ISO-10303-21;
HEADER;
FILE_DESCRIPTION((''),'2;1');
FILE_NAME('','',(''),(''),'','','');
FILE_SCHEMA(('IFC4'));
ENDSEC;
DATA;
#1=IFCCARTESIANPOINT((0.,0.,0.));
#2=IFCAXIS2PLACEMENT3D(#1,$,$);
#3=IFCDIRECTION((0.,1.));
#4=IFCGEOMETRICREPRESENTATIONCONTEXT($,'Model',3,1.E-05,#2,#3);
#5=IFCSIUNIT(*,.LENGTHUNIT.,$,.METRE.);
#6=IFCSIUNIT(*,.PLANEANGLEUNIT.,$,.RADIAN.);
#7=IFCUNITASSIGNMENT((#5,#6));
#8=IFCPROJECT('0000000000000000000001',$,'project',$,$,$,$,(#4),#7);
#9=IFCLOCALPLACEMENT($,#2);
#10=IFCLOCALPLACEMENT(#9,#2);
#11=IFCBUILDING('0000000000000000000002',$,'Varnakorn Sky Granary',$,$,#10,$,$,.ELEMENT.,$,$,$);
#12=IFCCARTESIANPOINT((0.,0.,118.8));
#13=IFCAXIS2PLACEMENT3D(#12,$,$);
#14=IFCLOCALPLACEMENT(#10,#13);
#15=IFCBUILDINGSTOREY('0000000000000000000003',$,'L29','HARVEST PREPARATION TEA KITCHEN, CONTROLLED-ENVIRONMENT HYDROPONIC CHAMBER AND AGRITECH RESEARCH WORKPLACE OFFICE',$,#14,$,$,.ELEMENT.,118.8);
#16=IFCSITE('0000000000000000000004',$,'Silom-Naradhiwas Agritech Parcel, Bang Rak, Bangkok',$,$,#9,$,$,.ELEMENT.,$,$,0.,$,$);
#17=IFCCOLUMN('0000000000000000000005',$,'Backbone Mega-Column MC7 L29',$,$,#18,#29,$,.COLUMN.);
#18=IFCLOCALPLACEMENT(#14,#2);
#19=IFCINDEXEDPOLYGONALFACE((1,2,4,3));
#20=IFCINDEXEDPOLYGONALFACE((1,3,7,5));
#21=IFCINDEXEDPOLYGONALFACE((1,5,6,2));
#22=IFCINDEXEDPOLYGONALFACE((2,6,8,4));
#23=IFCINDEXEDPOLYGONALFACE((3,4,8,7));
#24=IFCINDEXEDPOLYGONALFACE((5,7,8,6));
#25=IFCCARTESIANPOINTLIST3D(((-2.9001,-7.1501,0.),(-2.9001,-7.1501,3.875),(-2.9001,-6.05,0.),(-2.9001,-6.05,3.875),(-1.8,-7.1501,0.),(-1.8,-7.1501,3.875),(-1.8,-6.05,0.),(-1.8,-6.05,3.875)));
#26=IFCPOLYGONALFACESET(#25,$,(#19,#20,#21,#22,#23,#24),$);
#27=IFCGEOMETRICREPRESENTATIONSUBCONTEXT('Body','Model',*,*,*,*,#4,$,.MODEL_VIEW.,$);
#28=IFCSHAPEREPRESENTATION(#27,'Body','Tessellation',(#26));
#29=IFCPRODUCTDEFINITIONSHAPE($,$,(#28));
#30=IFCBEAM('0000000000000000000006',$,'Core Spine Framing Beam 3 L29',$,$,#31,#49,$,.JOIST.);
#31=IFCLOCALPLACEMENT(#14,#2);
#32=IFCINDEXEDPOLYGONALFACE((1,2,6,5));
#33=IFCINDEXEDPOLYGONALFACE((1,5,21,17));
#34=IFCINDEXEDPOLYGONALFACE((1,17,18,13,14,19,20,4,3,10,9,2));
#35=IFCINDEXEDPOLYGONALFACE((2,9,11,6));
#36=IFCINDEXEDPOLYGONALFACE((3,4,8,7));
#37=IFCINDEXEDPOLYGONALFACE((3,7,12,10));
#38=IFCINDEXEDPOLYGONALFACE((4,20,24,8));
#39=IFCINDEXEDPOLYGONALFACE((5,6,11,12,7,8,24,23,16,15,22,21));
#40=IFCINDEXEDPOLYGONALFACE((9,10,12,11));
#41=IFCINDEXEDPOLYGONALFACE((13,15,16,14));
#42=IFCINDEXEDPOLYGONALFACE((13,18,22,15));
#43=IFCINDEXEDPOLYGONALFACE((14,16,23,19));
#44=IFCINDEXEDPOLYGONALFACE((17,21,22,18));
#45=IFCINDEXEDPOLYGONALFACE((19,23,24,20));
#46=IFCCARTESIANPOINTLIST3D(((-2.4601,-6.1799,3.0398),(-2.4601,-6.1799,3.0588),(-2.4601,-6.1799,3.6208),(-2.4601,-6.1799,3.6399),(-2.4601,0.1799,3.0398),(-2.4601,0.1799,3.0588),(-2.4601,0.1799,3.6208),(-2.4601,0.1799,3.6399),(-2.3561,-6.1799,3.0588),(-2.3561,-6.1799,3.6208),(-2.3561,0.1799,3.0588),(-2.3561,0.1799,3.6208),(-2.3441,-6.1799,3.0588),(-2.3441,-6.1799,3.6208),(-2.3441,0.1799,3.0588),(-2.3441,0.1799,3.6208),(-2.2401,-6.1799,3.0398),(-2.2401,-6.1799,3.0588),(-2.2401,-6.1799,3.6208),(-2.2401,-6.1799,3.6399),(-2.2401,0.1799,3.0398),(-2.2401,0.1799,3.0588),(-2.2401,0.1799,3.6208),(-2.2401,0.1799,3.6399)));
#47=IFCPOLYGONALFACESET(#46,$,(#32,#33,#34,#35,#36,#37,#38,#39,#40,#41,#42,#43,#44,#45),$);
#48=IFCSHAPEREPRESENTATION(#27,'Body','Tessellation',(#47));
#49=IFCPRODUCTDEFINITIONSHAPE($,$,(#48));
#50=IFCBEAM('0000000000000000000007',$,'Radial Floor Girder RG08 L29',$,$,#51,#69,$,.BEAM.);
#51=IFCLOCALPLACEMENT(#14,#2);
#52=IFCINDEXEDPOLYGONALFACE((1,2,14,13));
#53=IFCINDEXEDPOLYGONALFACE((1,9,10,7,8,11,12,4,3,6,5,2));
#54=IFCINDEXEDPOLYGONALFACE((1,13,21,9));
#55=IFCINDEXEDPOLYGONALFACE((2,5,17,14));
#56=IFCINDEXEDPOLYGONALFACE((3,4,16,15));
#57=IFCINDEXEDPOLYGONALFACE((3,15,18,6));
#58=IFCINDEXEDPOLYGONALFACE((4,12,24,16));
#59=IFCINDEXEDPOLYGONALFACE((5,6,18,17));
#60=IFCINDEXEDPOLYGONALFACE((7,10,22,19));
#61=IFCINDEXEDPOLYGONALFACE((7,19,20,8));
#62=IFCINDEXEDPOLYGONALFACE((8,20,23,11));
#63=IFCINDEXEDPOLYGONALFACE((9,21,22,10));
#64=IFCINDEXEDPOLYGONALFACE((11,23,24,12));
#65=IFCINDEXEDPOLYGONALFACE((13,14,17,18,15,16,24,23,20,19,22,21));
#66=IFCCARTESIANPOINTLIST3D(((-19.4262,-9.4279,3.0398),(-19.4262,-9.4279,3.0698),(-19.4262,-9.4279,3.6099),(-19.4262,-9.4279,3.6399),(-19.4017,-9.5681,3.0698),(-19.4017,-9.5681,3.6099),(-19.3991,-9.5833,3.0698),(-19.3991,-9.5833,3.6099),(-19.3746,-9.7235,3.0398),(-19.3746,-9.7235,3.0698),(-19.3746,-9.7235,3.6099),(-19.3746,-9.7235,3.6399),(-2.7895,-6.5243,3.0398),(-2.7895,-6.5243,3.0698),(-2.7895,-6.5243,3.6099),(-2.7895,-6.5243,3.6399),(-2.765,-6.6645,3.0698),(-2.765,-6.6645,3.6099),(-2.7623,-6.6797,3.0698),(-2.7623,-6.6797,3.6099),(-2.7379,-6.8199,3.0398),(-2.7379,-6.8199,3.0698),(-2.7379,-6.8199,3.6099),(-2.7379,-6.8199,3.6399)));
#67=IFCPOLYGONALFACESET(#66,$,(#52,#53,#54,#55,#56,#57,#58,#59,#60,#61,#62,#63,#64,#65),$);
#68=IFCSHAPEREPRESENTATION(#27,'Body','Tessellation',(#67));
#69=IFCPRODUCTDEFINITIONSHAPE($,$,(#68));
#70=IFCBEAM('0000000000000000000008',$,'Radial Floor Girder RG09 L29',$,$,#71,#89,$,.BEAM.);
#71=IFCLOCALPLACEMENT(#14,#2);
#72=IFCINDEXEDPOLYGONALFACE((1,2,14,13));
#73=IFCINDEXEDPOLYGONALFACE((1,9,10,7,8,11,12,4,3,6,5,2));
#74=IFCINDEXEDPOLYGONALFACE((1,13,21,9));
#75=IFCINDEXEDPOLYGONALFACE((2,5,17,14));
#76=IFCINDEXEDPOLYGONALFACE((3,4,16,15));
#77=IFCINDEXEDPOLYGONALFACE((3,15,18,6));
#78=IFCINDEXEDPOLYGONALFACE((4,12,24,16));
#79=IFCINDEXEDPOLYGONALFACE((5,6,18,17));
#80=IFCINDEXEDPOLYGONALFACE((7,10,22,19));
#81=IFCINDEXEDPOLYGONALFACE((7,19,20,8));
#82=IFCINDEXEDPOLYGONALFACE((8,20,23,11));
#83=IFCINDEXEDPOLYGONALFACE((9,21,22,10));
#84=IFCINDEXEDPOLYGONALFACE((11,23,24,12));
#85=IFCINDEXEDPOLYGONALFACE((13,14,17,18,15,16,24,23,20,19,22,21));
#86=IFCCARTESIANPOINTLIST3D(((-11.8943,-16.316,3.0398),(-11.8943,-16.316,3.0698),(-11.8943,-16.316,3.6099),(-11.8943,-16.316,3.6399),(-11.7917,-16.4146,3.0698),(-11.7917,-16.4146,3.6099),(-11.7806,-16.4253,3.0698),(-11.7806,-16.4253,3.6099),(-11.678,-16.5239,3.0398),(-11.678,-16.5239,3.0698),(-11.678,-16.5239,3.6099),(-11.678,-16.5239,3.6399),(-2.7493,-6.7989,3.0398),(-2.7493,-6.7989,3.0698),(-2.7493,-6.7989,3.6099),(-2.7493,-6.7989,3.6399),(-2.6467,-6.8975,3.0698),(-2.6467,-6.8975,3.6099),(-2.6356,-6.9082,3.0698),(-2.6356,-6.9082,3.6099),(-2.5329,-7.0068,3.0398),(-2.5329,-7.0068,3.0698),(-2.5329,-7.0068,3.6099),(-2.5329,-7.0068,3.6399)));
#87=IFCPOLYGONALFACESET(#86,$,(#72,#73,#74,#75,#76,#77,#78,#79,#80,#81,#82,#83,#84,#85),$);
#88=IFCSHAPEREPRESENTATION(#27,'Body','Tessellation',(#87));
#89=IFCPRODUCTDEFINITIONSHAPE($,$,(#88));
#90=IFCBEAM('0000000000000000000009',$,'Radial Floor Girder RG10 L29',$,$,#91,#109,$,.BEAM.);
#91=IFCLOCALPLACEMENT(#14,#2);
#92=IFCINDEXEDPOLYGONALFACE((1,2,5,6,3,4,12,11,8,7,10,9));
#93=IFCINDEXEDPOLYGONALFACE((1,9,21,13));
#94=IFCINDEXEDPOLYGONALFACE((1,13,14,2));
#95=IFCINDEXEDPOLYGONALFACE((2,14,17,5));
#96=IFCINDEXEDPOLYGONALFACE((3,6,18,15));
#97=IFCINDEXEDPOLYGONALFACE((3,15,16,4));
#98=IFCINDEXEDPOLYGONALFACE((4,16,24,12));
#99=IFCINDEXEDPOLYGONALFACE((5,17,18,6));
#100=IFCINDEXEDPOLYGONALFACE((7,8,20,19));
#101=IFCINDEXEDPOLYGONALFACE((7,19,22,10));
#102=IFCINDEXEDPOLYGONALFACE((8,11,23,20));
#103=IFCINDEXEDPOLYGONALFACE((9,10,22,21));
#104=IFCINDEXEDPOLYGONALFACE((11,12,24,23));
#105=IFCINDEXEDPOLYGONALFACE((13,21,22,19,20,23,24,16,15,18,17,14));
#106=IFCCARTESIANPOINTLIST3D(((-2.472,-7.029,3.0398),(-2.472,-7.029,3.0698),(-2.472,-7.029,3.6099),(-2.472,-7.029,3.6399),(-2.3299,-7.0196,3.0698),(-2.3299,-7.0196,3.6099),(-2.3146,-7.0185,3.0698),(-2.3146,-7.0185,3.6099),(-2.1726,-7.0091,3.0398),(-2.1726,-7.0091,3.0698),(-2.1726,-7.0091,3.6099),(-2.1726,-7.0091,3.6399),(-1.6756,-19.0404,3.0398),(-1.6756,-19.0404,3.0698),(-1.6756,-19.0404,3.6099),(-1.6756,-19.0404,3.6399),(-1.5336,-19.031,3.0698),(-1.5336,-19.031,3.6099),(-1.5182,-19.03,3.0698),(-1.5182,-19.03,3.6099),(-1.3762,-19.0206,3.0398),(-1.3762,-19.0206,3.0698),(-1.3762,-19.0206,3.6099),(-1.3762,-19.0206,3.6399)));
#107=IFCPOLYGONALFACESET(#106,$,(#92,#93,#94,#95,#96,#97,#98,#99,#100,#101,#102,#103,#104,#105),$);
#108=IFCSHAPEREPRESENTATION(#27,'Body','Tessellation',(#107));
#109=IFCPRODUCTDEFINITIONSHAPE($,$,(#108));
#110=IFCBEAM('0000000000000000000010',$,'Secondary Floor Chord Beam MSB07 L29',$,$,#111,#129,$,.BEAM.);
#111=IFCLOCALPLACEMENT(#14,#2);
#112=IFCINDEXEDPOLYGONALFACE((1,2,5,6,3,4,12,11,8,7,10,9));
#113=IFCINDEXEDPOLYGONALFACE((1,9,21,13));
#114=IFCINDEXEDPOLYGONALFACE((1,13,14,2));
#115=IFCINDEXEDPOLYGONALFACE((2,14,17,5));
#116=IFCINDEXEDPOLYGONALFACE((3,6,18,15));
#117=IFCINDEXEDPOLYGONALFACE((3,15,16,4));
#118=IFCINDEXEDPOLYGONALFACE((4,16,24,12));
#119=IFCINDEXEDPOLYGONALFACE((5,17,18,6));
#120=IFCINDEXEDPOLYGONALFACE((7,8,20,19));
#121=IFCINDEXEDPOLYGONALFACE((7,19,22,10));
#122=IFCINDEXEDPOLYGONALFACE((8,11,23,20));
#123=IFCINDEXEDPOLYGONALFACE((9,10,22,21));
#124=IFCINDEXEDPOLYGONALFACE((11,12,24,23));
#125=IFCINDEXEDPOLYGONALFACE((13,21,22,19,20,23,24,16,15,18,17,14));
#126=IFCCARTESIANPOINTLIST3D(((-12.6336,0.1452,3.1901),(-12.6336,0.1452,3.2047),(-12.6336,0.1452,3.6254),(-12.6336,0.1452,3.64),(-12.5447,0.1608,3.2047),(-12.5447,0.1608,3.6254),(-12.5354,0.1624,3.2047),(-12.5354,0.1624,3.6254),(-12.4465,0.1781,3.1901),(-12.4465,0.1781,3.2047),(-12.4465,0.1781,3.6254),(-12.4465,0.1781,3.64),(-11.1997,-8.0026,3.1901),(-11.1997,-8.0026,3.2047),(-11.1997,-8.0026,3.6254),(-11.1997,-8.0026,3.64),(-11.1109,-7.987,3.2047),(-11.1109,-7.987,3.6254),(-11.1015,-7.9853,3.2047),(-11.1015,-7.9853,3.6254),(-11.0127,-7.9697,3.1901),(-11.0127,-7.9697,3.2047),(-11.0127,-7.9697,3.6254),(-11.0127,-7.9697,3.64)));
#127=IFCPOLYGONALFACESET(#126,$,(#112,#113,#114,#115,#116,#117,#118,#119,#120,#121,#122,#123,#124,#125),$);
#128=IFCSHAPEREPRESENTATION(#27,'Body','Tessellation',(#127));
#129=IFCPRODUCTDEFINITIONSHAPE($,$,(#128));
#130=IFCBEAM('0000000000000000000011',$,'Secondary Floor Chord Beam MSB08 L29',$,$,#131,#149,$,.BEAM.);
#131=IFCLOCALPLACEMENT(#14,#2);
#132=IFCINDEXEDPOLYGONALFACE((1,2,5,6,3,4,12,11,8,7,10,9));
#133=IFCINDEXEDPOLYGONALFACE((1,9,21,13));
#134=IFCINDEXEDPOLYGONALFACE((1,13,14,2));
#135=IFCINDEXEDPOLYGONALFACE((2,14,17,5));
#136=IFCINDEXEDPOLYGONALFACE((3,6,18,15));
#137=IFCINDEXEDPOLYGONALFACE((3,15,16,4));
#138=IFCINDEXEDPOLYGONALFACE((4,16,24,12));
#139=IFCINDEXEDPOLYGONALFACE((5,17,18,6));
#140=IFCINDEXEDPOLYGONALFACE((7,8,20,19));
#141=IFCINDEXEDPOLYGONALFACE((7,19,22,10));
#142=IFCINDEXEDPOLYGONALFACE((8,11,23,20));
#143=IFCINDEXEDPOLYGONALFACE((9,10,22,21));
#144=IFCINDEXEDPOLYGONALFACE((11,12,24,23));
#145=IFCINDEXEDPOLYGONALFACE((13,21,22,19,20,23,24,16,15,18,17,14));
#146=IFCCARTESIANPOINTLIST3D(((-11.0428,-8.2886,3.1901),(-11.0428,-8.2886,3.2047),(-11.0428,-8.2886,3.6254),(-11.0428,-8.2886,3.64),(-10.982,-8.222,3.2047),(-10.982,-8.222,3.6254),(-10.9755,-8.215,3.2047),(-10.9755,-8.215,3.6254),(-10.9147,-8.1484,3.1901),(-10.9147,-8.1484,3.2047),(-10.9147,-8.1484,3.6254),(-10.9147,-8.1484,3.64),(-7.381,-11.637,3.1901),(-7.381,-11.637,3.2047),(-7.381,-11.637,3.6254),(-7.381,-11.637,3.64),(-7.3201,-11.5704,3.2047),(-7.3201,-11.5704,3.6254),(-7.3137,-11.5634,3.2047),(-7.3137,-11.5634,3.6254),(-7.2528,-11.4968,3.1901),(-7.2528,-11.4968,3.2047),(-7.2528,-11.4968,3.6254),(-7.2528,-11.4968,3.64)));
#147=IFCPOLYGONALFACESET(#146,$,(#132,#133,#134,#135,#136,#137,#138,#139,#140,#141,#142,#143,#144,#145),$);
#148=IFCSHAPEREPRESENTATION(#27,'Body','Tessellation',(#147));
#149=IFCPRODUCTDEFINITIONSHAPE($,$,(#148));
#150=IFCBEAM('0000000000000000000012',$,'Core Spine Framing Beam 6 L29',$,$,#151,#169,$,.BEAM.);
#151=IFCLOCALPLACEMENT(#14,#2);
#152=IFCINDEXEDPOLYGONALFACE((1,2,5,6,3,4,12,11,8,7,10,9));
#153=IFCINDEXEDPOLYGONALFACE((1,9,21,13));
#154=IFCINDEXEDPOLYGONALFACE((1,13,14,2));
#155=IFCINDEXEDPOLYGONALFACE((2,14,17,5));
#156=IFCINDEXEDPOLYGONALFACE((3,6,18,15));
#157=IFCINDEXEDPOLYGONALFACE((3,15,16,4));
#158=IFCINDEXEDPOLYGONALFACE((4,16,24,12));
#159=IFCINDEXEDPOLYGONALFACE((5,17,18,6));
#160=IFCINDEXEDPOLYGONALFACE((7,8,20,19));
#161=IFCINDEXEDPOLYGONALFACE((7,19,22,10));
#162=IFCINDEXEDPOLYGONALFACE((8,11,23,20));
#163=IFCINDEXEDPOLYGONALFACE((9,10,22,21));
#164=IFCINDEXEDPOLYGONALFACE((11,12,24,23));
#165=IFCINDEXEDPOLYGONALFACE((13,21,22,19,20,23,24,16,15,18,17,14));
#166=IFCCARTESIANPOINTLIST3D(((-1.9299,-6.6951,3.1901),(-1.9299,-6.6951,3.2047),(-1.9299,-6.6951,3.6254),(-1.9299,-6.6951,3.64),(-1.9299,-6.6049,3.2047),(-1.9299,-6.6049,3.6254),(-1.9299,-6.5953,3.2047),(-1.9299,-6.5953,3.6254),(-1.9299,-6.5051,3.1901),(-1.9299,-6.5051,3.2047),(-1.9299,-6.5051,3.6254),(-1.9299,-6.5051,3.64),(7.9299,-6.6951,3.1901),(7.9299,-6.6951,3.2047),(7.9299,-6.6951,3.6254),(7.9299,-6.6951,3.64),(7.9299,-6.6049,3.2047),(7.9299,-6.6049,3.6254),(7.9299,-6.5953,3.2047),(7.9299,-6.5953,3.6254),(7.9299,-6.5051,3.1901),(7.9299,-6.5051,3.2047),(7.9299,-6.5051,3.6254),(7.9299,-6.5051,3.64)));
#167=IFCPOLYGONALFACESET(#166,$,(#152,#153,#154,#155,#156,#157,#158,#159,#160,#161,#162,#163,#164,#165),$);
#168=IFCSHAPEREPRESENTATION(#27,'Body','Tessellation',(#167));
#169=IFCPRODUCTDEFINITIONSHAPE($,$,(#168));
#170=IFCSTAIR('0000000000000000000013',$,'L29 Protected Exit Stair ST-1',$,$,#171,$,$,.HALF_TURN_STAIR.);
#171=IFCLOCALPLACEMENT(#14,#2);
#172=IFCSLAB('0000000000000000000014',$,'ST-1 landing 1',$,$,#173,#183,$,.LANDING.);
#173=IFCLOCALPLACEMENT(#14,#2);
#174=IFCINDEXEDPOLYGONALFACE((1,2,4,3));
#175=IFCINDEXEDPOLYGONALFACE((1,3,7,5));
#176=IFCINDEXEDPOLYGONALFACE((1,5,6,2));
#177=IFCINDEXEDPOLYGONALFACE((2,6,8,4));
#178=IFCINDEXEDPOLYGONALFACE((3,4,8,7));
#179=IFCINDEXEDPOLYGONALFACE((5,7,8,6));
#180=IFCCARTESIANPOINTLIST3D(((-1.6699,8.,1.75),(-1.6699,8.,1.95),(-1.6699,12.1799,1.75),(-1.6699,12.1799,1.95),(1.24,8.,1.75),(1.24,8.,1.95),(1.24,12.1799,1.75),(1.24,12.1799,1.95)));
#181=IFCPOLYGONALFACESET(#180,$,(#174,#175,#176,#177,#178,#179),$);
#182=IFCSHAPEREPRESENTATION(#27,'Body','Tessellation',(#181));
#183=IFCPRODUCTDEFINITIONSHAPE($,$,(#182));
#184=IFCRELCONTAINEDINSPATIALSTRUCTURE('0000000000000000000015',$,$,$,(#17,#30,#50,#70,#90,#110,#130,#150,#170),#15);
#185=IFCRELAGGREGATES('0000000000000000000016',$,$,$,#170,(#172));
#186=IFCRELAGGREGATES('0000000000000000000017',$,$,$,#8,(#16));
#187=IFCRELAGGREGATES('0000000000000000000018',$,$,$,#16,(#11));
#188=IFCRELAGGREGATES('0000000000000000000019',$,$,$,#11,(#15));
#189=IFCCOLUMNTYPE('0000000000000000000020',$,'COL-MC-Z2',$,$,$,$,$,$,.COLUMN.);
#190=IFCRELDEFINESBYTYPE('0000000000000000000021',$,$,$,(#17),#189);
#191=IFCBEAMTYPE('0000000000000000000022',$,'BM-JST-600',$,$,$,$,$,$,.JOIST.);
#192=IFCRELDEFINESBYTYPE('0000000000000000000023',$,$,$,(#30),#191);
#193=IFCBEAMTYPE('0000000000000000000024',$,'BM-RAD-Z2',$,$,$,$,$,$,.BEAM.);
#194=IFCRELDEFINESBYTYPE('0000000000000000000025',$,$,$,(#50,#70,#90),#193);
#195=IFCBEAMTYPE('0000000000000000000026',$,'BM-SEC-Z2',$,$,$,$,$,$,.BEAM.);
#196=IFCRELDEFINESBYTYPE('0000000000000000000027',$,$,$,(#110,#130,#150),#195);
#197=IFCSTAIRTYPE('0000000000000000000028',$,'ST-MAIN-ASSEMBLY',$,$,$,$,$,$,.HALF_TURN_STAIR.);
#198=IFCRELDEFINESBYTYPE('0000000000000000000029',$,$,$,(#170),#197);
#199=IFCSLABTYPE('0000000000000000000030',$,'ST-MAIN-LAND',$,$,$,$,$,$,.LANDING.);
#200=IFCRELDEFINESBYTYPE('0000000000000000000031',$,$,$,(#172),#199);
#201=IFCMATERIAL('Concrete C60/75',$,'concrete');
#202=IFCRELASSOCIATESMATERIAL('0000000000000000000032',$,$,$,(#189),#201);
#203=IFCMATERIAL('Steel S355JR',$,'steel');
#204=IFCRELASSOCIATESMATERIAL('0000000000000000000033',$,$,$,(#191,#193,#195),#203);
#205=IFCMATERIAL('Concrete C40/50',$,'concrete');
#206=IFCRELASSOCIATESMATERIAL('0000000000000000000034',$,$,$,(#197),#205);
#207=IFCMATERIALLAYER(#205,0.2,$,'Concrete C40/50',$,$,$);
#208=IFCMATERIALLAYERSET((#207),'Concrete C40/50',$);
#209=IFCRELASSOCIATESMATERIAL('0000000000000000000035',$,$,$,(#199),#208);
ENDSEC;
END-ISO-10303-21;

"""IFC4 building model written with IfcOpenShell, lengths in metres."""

from ifc_helpers import new_model, si_unit, direction, frame, origin, origin_2d, place, context, subcontext, project, spatial, polyline, rectangle, i_section, outline, extrude, material, layer, layer_set, material_profile, profile_set, type_object, element, aggregate, save


model = new_model("IFC4")

# Units and contexts
model_context = context("Model", 3, precision=1e-05, world=origin(), true_north=direction((0.0, 1.0)))
body_context = subcontext(model_context, "Body", "Model", "MODEL_VIEW")
ifc_project = project(units=[si_unit("LENGTHUNIT", "METRE"), si_unit("PLANEANGLEUNIT", "RADIAN")], contexts=[model_context])

# Site, building, storey
site_placement = place(None, origin())
site = spatial("IfcSite", under=ifc_project, at=site_placement, Name="Silom-Naradhiwas Agritech Parcel, Bang Rak, Bangkok", CompositionType="ELEMENT", RefElevation=0.0)
building_placement = place(site_placement, origin())
building = spatial("IfcBuilding", under=site, at=building_placement, Name="Varnakorn Sky Granary", CompositionType="ELEMENT")
storey_placement = place(building_placement, frame((0.0, 0.0, 118.8)))
storey = spatial("IfcBuildingStorey", under=building, at=storey_placement, Name="L29", Description="HARVEST PREPARATION TEA KITCHEN, CONTROLLED-ENVIRONMENT HYDROPONIC CHAMBER AND AGRITECH RESEARCH WORKPLACE OFFICE", CompositionType="ELEMENT", Elevation=118.8)

# Column
ifc_material_1 = material(Name="Concrete C60/75", Category="concrete")
ifc_material_profile_1 = material_profile(ifc_material_1, rectangle(XDim=1.1001, YDim=1.1001, at=origin_2d()), Name="RC 1100x1100")
ifc_profile_set_1 = profile_set([ifc_material_profile_1], Name="Concrete C60/75")
column_type = type_object("IfcColumnType", Name="COL-MC-Z2", PredefinedType="COLUMN", material=ifc_profile_set_1)
column_placement = place(storey_placement, frame((-2.3501, -6.6001, 0.0), z_axis=(0.0, 0.0, 1.0), x_axis=(1.0, 0.0, 0.0)))
element("IfcColumn", 1, at=column_placement, inside=storey, type_object=column_type, Name="Backbone Mega-Column MC7 L29", PredefinedType="COLUMN", context=body_context, shape_type="SweptSolid", body=[
    extrude(rectangle(XDim=1.1001, YDim=1.1001, at=origin_2d()), origin(), (0.0, 0.0, 1.0), 3.875),
])

# Beams
ifc_material_2 = material(Name="Steel S355JR", Category="steel")
ifc_material_profile_2 = material_profile(ifc_material_2, i_section(OverallWidth=0.22, OverallDepth=0.6001, WebThickness=0.012, FlangeThickness=0.019, at=origin_2d()), Name="IPE 600")
ifc_profile_set_2 = profile_set([ifc_material_profile_2], Name="Steel S355JR")
beam_type_1 = type_object("IfcBeamType", Name="BM-JST-600", PredefinedType="JOIST", material=ifc_profile_set_2)
beam_1_placement = place(storey_placement, frame((-2.3501, 0.1799, 3.3398), z_axis=(0.0, -1.0, 0.0), x_axis=(1.0, 0.0, 0.0)))
element("IfcBeam", 2, at=beam_1_placement, inside=storey, type_object=beam_type_1, Name="Core Spine Framing Beam 3 L29", PredefinedType="JOIST", context=body_context, shape_type="SweptSolid", body=[
    extrude(i_section(OverallWidth=0.22, OverallDepth=0.6001, WebThickness=0.012, FlangeThickness=0.019, at=origin_2d()), origin(), (0.0, 0.0, 1.0), 6.3599),
])
ifc_material_profile_3 = material_profile(ifc_material_2, i_section(OverallWidth=0.3, OverallDepth=0.6001, WebThickness=0.0154, FlangeThickness=0.03, at=origin_2d()), Name="HE 600 B")
ifc_profile_set_3 = profile_set([ifc_material_profile_3], Name="Steel S355JR")
beam_type_2 = type_object("IfcBeamType", Name="BM-RAD-Z2", PredefinedType="BEAM", material=ifc_profile_set_3)
beam_2_placement = place(storey_placement, frame((-2.7637, -6.6721, 3.3398), z_axis=(-0.985109, -0.171929, 0.0), x_axis=(0.171929, -0.985109, 0.0)))
element("IfcBeam", 3, at=beam_2_placement, inside=storey, type_object=beam_type_2, Name="Radial Floor Girder RG08 L29", PredefinedType="BEAM", context=body_context, shape_type="SweptSolid", body=[
    extrude(i_section(OverallWidth=0.3, OverallDepth=0.6001, WebThickness=0.0154, FlangeThickness=0.03, at=origin_2d()), origin(), (0.0, 0.0, 1.0), 16.8882),
])
beam_3_placement = place(storey_placement, frame((-2.6411, -6.9028, 3.3398), z_axis=(-0.692871, -0.721061, 0.0), x_axis=(0.721061, -0.692871, 0.0)))
element("IfcBeam", 4, at=beam_3_placement, inside=storey, type_object=beam_type_2, Name="Radial Floor Girder RG09 L29", PredefinedType="BEAM", context=body_context, shape_type="SweptSolid", body=[
    extrude(i_section(OverallWidth=0.3, OverallDepth=0.6001, WebThickness=0.0154, FlangeThickness=0.03, at=origin_2d()), origin(), (0.0, 0.0, 1.0), 13.1987),
])
beam_4_placement = place(storey_placement, frame((-2.3223, -7.019, 3.3398), z_axis=(0.066157, -0.997809, 0.0), x_axis=(0.997809, 0.066157, 0.0)))
element("IfcBeam", 5, at=beam_4_placement, inside=storey, type_object=beam_type_2, Name="Radial Floor Girder RG10 L29", PredefinedType="BEAM", context=body_context, shape_type="SweptSolid", body=[
    extrude(i_section(OverallWidth=0.3, OverallDepth=0.6001, WebThickness=0.0154, FlangeThickness=0.03, at=origin_2d()), origin(), (0.0, 0.0, 1.0), 12.0378),
])
ifc_material_profile_4 = material_profile(ifc_material_2, i_section(OverallWidth=0.1899, OverallDepth=0.45, WebThickness=0.0095, FlangeThickness=0.0146, at=origin_2d()), Name="IPE 450")
ifc_profile_set_4 = profile_set([ifc_material_profile_4], Name="Steel S355JR")
beam_type_3 = type_object("IfcBeamType", Name="BM-SEC-Z2", PredefinedType="BEAM", material=ifc_profile_set_4)
beam_5_placement = place(storey_placement, frame((-12.54, 0.1616, 3.415), z_axis=(0.173317, -0.984866, 0.0), x_axis=(0.984866, 0.173317, 0.0)))
element("IfcBeam", 6, at=beam_5_placement, inside=storey, type_object=beam_type_3, Name="Secondary Floor Chord Beam MSB07 L29", PredefinedType="BEAM", context=body_context, shape_type="SweptSolid", body=[
    extrude(i_section(OverallWidth=0.1899, OverallDepth=0.45, WebThickness=0.0095, FlangeThickness=0.0146, at=origin_2d()), origin(), (0.0, 0.0, 1.0), 8.2729),
])
beam_6_placement = place(storey_placement, frame((-10.9788, -8.2185, 3.415), z_axis=(0.737989, -0.674813, 0.0), x_axis=(0.674813, 0.737989, 0.0)))
element("IfcBeam", 7, at=beam_6_placement, inside=storey, type_object=beam_type_3, Name="Secondary Floor Chord Beam MSB08 L29", PredefinedType="BEAM", context=body_context, shape_type="SweptSolid", body=[
    extrude(i_section(OverallWidth=0.1899, OverallDepth=0.45, WebThickness=0.0095, FlangeThickness=0.0146, at=origin_2d()), origin(), (0.0, 0.0, 1.0), 4.9619),
])
beam_7_placement = place(storey_placement, frame((-1.9299, -6.6001, 3.415), z_axis=(1.0, 0.0, 0.0), x_axis=(0.0, 1.0, 0.0)))
element("IfcBeam", 8, at=beam_7_placement, inside=storey, type_object=beam_type_3, Name="Core Spine Framing Beam 6 L29", PredefinedType="BEAM", context=body_context, shape_type="SweptSolid", body=[
    extrude(i_section(OverallWidth=0.1899, OverallDepth=0.45, WebThickness=0.0095, FlangeThickness=0.0146, at=origin_2d()), origin(), (0.0, 0.0, 1.0), 9.8599),
])

# Stair, slab
ifc_material_3 = material(Name="Concrete C40/50", Category="concrete")
stair_type = type_object("IfcStairType", Name="ST-MAIN-ASSEMBLY", PredefinedType="HALF_TURN_STAIR", material=ifc_material_3)
stair_1_placement = place(storey_placement, origin())
stair_1 = element("IfcStair", 9, at=stair_1_placement, inside=storey, type_object=stair_type, Name="L29 Protected Exit Stair ST-1", PredefinedType="HALF_TURN_STAIR")
ifc_layer_1 = layer(ifc_material_3, 0.2, Name="Concrete C40/50")
ifc_layer_set_1 = layer_set([ifc_layer_1], Name="Concrete C40/50")
slab_type_1 = type_object("IfcSlabType", Name="ST-MAIN-LAND", PredefinedType="LANDING", material=ifc_layer_set_1)
slab_1_placement = place(storey_placement, frame((0.0, 0.0, 1.75)))
slab_1 = element("IfcSlab", 10, at=slab_1_placement, type_object=slab_type_1, Name="ST-1 landing 1", PredefinedType="LANDING", context=body_context, shape_type="SweptSolid", body=[
    extrude(outline(polyline([(1.24, 8.0), (1.24, 12.1799), (-1.6699, 12.1799), (-1.6699, 8.0), (1.24, 8.0)])), origin(), (0.0, 0.0, 1.0), 0.2),
])
aggregate(stair_1, [slab_1])

save(model, "model.ifc")
